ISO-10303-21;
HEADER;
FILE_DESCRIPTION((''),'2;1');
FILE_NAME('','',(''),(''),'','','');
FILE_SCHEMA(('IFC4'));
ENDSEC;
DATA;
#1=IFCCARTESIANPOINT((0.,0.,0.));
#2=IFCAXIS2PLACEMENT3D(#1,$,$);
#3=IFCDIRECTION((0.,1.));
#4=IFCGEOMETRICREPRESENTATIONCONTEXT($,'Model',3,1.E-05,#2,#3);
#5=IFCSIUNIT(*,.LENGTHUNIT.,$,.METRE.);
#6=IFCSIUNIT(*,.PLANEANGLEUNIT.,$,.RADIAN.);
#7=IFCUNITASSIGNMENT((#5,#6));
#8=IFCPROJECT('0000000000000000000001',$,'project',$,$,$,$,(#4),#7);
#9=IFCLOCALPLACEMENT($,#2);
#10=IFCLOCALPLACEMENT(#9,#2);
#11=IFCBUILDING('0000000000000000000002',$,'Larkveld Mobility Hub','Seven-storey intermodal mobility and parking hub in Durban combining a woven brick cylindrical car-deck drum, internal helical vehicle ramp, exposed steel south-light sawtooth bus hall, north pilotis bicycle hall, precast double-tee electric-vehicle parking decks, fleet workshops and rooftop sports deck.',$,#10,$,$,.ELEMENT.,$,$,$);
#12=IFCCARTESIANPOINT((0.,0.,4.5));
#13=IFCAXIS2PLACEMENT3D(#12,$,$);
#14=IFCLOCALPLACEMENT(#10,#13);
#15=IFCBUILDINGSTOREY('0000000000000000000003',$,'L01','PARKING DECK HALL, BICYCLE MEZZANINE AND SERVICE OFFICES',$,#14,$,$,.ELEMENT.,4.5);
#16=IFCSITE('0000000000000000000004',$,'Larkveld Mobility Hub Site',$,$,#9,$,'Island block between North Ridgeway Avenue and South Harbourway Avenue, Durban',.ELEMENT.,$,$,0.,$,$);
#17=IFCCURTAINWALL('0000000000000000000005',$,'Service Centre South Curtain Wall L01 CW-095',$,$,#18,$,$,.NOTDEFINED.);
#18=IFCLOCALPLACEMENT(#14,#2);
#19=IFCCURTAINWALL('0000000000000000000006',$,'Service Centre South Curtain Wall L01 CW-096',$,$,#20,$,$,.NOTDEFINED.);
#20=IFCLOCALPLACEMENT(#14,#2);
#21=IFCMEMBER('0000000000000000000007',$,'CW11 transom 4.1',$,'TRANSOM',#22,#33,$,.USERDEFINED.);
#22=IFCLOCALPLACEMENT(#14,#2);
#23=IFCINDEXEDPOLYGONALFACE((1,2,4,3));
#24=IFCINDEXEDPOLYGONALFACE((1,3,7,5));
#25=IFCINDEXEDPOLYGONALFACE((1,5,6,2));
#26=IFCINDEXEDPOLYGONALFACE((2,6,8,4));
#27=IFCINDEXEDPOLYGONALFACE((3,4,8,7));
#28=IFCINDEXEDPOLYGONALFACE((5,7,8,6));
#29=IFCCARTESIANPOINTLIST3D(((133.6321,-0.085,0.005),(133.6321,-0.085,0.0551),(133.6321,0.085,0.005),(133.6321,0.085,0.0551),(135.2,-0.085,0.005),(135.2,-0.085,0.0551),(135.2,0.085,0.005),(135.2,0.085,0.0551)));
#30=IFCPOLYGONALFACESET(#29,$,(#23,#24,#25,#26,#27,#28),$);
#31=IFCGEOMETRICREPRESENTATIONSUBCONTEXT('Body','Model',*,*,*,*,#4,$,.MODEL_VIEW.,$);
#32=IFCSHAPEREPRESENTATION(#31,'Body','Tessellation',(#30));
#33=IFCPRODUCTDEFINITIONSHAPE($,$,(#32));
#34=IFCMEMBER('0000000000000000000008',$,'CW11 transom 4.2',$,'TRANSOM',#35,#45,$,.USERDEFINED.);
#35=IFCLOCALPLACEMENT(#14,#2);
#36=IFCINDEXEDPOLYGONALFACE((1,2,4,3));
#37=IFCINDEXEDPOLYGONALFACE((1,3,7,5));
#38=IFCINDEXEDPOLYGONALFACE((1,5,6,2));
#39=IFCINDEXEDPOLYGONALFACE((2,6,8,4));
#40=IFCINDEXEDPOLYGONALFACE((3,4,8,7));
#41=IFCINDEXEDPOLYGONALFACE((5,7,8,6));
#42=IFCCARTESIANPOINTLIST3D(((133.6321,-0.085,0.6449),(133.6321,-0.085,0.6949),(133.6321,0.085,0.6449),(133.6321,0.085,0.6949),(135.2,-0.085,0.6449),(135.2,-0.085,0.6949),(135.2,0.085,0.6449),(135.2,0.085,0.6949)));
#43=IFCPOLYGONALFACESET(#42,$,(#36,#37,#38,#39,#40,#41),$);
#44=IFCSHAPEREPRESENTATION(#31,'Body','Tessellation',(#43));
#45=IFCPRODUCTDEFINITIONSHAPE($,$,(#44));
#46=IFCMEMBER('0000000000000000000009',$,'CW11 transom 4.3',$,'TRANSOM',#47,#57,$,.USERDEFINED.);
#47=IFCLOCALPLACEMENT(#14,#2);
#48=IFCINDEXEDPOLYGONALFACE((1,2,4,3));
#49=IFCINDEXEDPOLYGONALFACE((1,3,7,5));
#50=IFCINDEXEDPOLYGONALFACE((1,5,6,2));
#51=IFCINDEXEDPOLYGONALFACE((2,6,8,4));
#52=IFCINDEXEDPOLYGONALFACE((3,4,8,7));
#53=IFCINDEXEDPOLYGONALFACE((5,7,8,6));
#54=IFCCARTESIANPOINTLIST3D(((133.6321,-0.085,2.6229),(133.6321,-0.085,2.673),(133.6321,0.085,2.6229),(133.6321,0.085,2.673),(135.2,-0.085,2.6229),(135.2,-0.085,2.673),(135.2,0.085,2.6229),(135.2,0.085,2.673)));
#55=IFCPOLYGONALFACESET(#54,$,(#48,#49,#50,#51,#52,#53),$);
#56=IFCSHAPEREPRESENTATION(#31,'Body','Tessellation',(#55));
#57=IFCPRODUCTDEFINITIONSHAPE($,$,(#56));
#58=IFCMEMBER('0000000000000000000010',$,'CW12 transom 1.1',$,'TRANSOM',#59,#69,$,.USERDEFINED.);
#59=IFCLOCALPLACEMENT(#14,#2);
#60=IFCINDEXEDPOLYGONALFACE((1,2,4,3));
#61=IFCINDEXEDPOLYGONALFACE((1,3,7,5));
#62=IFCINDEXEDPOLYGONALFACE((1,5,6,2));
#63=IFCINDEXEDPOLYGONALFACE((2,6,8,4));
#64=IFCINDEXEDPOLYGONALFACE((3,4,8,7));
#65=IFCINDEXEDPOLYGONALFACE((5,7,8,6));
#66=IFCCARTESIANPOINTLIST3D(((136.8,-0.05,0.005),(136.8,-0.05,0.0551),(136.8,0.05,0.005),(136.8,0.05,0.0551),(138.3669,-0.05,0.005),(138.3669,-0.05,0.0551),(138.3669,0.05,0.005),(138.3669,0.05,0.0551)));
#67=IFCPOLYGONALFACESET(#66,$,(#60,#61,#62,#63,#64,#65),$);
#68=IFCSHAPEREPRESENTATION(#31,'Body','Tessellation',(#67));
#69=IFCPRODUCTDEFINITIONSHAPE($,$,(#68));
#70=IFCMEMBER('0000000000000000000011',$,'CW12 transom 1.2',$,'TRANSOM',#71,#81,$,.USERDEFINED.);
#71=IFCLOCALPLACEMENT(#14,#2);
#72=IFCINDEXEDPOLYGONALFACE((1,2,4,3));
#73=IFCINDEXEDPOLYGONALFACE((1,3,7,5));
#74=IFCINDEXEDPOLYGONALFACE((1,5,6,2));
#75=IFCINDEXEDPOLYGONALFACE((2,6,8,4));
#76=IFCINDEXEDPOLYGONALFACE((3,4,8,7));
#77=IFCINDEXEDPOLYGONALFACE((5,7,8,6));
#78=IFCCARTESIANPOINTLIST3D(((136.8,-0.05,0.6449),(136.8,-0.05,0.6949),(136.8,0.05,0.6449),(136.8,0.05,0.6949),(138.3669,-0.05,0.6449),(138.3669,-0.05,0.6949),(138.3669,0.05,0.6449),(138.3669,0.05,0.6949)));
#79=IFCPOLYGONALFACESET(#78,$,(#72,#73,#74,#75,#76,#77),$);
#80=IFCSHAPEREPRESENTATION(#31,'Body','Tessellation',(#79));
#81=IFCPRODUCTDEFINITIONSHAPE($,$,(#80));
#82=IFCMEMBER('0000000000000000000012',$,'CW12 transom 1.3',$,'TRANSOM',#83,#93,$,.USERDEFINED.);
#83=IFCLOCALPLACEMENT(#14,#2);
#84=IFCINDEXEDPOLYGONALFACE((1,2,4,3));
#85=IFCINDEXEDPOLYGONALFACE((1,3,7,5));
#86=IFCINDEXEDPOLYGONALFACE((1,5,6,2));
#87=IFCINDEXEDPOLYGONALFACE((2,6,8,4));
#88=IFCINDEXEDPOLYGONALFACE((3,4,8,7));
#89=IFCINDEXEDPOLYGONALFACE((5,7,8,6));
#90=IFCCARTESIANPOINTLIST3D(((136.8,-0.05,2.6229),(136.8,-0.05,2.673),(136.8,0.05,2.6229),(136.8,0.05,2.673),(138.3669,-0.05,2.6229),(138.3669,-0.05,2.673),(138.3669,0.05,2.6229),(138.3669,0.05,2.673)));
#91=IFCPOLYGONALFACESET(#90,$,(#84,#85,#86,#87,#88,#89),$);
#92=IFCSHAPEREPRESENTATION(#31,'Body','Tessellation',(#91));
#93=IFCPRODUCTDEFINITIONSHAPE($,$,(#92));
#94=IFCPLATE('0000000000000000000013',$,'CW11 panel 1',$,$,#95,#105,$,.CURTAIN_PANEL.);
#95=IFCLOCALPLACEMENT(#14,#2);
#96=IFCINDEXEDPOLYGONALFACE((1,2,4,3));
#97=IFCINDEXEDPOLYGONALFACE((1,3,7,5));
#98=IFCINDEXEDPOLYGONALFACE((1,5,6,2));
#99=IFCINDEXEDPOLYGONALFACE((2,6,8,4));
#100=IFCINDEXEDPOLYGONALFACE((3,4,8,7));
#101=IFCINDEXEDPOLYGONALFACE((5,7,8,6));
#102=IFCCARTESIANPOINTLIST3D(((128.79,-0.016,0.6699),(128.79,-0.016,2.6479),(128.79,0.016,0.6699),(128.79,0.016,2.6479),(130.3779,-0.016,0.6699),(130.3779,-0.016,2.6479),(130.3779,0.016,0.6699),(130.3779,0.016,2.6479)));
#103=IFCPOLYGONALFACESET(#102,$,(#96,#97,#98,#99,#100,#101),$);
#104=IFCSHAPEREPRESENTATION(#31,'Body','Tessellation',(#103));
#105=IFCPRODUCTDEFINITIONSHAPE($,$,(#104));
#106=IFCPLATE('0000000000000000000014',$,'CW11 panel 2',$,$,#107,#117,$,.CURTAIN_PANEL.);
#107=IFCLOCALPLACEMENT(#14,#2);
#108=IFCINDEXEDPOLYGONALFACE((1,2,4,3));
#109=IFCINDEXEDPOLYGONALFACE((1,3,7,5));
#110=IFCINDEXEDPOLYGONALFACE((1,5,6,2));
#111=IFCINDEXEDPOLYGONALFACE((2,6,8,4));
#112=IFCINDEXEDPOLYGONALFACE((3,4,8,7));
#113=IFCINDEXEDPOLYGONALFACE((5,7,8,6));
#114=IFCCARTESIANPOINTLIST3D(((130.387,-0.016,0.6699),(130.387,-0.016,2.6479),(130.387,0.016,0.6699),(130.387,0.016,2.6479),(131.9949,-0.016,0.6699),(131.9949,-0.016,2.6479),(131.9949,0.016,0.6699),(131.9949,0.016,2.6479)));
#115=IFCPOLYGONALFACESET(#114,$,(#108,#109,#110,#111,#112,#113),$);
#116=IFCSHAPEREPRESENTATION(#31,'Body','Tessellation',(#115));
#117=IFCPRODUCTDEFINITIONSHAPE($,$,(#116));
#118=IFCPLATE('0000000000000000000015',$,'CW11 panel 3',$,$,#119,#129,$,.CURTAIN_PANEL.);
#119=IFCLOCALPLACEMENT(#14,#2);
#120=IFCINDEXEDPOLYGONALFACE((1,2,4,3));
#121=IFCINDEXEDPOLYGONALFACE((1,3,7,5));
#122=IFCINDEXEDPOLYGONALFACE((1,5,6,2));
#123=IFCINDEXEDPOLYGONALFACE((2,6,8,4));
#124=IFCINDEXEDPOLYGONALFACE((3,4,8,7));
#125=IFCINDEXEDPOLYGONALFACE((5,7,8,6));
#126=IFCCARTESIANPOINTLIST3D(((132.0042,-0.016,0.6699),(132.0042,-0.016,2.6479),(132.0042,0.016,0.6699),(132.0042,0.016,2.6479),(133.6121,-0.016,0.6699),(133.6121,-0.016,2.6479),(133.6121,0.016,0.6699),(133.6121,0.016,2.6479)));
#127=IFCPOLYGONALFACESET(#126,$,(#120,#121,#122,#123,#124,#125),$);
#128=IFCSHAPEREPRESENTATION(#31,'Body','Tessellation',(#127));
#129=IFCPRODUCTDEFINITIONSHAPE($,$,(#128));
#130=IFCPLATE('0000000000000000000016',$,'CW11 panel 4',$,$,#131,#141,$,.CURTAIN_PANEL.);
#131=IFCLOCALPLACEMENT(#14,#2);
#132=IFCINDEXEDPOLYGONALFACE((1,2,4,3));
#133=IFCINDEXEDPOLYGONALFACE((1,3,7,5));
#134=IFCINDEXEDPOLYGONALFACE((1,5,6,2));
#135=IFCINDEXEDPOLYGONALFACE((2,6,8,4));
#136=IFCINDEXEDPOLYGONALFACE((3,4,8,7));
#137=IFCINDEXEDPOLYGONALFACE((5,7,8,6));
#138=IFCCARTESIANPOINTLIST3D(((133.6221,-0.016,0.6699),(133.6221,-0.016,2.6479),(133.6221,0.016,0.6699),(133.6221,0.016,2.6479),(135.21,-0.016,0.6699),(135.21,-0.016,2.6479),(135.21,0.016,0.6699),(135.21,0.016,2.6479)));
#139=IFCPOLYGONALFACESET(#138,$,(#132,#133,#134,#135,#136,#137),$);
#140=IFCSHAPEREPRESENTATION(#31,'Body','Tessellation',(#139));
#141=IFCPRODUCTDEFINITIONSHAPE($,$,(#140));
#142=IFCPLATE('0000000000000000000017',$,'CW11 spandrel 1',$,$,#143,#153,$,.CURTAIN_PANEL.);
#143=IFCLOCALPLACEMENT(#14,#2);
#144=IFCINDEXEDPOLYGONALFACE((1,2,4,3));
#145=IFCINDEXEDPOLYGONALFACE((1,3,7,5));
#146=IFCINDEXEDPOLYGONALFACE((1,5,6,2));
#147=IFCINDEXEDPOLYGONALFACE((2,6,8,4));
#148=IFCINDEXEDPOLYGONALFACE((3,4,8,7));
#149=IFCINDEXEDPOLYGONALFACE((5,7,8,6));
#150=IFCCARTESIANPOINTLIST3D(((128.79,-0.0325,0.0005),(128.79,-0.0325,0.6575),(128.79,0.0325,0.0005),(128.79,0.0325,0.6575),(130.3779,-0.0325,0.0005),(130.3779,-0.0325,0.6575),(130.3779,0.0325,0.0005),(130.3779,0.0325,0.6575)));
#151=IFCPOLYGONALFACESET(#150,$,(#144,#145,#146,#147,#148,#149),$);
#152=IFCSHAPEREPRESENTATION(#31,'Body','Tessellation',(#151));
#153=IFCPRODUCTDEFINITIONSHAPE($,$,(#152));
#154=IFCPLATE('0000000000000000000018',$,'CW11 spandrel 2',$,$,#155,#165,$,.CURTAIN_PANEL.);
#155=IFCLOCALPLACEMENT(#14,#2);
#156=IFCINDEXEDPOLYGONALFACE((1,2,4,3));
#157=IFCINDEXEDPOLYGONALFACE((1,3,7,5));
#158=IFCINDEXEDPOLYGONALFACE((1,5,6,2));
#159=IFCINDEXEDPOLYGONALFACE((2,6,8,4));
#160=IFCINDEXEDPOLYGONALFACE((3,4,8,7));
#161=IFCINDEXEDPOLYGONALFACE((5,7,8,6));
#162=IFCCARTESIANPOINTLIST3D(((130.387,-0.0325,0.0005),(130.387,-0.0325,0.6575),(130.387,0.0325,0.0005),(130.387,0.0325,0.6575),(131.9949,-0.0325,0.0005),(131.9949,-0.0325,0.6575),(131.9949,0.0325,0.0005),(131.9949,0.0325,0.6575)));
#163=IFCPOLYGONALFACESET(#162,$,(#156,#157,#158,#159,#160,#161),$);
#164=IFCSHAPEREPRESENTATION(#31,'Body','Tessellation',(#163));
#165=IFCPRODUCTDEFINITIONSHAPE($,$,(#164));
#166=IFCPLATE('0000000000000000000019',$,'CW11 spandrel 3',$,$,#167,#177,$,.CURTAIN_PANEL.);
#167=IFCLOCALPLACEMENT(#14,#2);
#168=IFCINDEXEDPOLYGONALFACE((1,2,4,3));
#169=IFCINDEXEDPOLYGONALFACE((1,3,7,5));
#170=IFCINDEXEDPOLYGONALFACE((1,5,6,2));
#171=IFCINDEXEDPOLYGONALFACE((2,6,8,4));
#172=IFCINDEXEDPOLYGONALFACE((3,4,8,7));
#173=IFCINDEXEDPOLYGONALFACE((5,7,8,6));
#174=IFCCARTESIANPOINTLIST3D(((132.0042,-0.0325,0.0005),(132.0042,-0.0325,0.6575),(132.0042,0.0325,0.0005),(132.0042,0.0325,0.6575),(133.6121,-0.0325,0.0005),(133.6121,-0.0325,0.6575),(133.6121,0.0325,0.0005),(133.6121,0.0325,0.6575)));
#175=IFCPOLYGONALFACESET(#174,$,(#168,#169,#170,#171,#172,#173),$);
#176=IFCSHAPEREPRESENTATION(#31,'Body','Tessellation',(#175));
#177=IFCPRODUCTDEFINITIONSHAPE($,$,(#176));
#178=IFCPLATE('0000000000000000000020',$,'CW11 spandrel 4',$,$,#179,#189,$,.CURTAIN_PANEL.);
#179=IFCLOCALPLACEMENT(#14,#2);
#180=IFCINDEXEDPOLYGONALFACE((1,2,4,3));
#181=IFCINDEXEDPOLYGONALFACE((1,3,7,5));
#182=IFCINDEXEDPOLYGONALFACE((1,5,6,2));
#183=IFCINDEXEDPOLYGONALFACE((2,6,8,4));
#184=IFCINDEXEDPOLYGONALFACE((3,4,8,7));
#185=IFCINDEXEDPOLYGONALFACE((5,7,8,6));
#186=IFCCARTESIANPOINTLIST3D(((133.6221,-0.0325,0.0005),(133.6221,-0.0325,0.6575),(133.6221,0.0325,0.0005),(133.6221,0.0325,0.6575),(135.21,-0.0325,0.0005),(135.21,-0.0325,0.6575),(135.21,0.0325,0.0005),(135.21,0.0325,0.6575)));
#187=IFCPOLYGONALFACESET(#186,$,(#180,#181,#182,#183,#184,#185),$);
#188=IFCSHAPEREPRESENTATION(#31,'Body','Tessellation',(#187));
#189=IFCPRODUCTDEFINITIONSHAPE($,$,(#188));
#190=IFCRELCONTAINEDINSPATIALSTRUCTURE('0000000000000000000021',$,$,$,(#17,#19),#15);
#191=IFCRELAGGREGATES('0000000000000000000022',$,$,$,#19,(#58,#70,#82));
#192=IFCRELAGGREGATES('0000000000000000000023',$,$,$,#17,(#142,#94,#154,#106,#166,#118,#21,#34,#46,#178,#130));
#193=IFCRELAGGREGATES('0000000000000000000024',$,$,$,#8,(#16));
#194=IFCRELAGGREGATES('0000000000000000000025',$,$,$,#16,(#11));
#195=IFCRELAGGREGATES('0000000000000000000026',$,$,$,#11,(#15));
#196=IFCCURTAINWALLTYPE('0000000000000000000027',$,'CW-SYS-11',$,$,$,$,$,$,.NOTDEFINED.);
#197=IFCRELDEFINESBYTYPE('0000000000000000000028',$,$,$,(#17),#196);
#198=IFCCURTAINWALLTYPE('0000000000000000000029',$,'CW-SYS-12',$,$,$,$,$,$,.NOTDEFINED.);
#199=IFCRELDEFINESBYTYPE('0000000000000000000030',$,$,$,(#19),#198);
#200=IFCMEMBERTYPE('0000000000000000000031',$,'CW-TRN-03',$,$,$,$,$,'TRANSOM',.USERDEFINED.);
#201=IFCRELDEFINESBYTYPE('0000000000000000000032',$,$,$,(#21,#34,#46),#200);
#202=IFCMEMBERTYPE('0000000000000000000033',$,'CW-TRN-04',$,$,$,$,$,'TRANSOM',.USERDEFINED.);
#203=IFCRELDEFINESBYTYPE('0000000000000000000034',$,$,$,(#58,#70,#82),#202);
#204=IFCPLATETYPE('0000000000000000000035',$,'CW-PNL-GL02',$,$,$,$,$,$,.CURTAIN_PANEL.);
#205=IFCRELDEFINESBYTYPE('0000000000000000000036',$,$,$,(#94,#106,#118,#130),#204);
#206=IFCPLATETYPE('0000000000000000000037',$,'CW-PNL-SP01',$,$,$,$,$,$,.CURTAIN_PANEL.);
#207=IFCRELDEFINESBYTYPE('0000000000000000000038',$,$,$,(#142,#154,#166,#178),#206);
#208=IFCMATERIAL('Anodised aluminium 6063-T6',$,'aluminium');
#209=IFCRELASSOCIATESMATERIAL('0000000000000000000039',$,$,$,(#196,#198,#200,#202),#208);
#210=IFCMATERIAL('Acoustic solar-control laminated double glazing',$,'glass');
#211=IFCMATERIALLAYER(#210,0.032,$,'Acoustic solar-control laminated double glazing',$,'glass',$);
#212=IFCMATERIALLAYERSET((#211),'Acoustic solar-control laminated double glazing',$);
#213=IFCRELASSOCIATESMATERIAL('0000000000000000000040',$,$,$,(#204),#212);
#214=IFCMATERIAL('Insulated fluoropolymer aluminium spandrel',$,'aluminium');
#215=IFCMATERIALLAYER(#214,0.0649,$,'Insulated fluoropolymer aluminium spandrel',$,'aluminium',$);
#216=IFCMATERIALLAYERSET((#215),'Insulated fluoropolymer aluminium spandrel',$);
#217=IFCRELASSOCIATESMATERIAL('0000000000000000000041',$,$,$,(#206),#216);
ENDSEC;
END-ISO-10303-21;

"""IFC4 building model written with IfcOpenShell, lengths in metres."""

from ifc_helpers import new_model, si_unit, direction, frame, origin, origin_2d, place, context, subcontext, project, spatial, rectangle, extrude, material, layer, layer_set, material_profile, profile_set, type_object, element, aggregate, save


model = new_model("IFC4")

# Units and contexts
model_context = context("Model", 3, precision=1e-05, world=origin(), true_north=direction((0.0, 1.0)))
body_context = subcontext(model_context, "Body", "Model", "MODEL_VIEW")
ifc_project = project(units=[si_unit("LENGTHUNIT", "METRE"), si_unit("PLANEANGLEUNIT", "RADIAN")], contexts=[model_context])

# Site, building, storey
site_placement = place(None, origin())
site = spatial("IfcSite", under=ifc_project, at=site_placement, Name="Larkveld Mobility Hub Site", LongName="Island block between North Ridgeway Avenue and South Harbourway Avenue, Durban", CompositionType="ELEMENT", RefElevation=0.0)
building_placement = place(site_placement, origin())
building = spatial("IfcBuilding", under=site, at=building_placement, Name="Larkveld Mobility Hub", Description="Seven-storey intermodal mobility and parking hub in Durban combining a woven brick cylindrical car-deck drum, internal helical vehicle ramp, exposed steel south-light sawtooth bus hall, north pilotis bicycle hall, precast double-tee electric-vehicle parking decks, fleet workshops and rooftop sports deck.", CompositionType="ELEMENT")
storey_placement = place(building_placement, frame((0.0, 0.0, 4.5)))
storey = spatial("IfcBuildingStorey", under=building, at=storey_placement, Name="L01", Description="PARKING DECK HALL, BICYCLE MEZZANINE AND SERVICE OFFICES", CompositionType="ELEMENT", Elevation=4.5)

# Curtain wall
ifc_material_1 = material(Name="Anodised aluminium 6063-T6", Category="aluminium")
curtain_wall_type_1 = type_object("IfcCurtainWallType", Name="CW-SYS-11", PredefinedType="NOTDEFINED", material=ifc_material_1)
curtain_wall_1_placement = place(storey_placement, origin())
curtain_wall_1 = element("IfcCurtainWall", 1, at=curtain_wall_1_placement, inside=storey, type_object=curtain_wall_type_1, Name="Service Centre South Curtain Wall L01 CW-095", PredefinedType="NOTDEFINED")

# Curtain wall
curtain_wall_type_2 = type_object("IfcCurtainWallType", Name="CW-SYS-12", PredefinedType="NOTDEFINED", material=ifc_material_1)
curtain_wall_2_placement = place(storey_placement, origin())
curtain_wall_2 = element("IfcCurtainWall", 2, at=curtain_wall_2_placement, inside=storey, type_object=curtain_wall_type_2, Name="Service Centre South Curtain Wall L01 CW-096", PredefinedType="NOTDEFINED")

# Members
ifc_material_profile_1 = material_profile(ifc_material_1, rectangle(XDim=0.1699, YDim=0.05, at=origin_2d()), Name="ALU TRAN 50x170")
ifc_profile_set_1 = profile_set([ifc_material_profile_1], Name="Anodised aluminium 6063-T6")
member_type_1 = type_object("IfcMemberType", Name="CW-TRN-03", ElementType="TRANSOM", PredefinedType="USERDEFINED", material=ifc_profile_set_1)
member_1_placement = place(storey_placement, frame((133.6321, 0.0, 0.03), z_axis=(1.0, 0.0, 0.0), x_axis=(0.0, 1.0, 0.0)))
member_1 = element("IfcMember", 3, at=member_1_placement, type_object=member_type_1, Name="CW11 transom 4.1", ObjectType="TRANSOM", PredefinedType="USERDEFINED", context=body_context, shape_type="SweptSolid", body=[
    extrude(rectangle(XDim=0.1699, YDim=0.05, at=origin_2d()), origin(), (0.0, 0.0, 1.0), 1.5679),
])
member_2_placement = place(storey_placement, frame((133.6321, 0.0, 0.6699), z_axis=(1.0, 0.0, 0.0), x_axis=(0.0, 1.0, 0.0)))
member_2 = element("IfcMember", 4, at=member_2_placement, type_object=member_type_1, Name="CW11 transom 4.2", ObjectType="TRANSOM", PredefinedType="USERDEFINED", context=body_context, shape_type="SweptSolid", body=[
    extrude(rectangle(XDim=0.1699, YDim=0.05, at=origin_2d()), origin(), (0.0, 0.0, 1.0), 1.5679),
])
member_3_placement = place(storey_placement, frame((133.6321, 0.0, 2.6479), z_axis=(1.0, 0.0, 0.0), x_axis=(0.0, 1.0, 0.0)))
member_3 = element("IfcMember", 5, at=member_3_placement, type_object=member_type_1, Name="CW11 transom 4.3", ObjectType="TRANSOM", PredefinedType="USERDEFINED", context=body_context, shape_type="SweptSolid", body=[
    extrude(rectangle(XDim=0.1699, YDim=0.05, at=origin_2d()), origin(), (0.0, 0.0, 1.0), 1.5679),
])
ifc_material_profile_2 = material_profile(ifc_material_1, rectangle(XDim=0.1001, YDim=0.05, at=origin_2d()), Name="ALU TRAN 50x100")
ifc_profile_set_2 = profile_set([ifc_material_profile_2], Name="Anodised aluminium 6063-T6")
member_type_2 = type_object("IfcMemberType", Name="CW-TRN-04", ElementType="TRANSOM", PredefinedType="USERDEFINED", material=ifc_profile_set_2)
member_4_placement = place(storey_placement, frame((136.8, 0.0, 0.03), z_axis=(1.0, 0.0, 0.0), x_axis=(0.0, 1.0, 0.0)))
member_4 = element("IfcMember", 6, at=member_4_placement, type_object=member_type_2, Name="CW12 transom 1.1", ObjectType="TRANSOM", PredefinedType="USERDEFINED", context=body_context, shape_type="SweptSolid", body=[
    extrude(rectangle(XDim=0.1001, YDim=0.05, at=origin_2d()), origin(), (0.0, 0.0, 1.0), 1.5669),
])
member_5_placement = place(storey_placement, frame((136.8, 0.0, 0.6699), z_axis=(1.0, 0.0, 0.0), x_axis=(0.0, 1.0, 0.0)))
member_5 = element("IfcMember", 7, at=member_5_placement, type_object=member_type_2, Name="CW12 transom 1.2", ObjectType="TRANSOM", PredefinedType="USERDEFINED", context=body_context, shape_type="SweptSolid", body=[
    extrude(rectangle(XDim=0.1001, YDim=0.05, at=origin_2d()), origin(), (0.0, 0.0, 1.0), 1.5669),
])
member_6_placement = place(storey_placement, frame((136.8, 0.0, 2.6479), z_axis=(1.0, 0.0, 0.0), x_axis=(0.0, 1.0, 0.0)))
member_6 = element("IfcMember", 8, at=member_6_placement, type_object=member_type_2, Name="CW12 transom 1.3", ObjectType="TRANSOM", PredefinedType="USERDEFINED", context=body_context, shape_type="SweptSolid", body=[
    extrude(rectangle(XDim=0.1001, YDim=0.05, at=origin_2d()), origin(), (0.0, 0.0, 1.0), 1.5669),
])
aggregate(curtain_wall_2, [member_4, member_5, member_6])

# Plates
ifc_material_2 = material(Name="Acoustic solar-control laminated double glazing", Category="glass")
ifc_layer_1 = layer(ifc_material_2, 0.032, Name="Acoustic solar-control laminated double glazing", Category="glass")
ifc_layer_set_1 = layer_set([ifc_layer_1], Name="Acoustic solar-control laminated double glazing")
plate_type_1 = type_object("IfcPlateType", Name="CW-PNL-GL02", PredefinedType="CURTAIN_PANEL", material=ifc_layer_set_1)
plate_1_placement = place(storey_placement, frame((129.584, 0.0, 0.6699), z_axis=(0.0, 0.0, 1.0), x_axis=(1.0, 0.0, 0.0)))
plate_1 = element("IfcPlate", 9, at=plate_1_placement, type_object=plate_type_1, Name="CW11 panel 1", PredefinedType="CURTAIN_PANEL", context=body_context, shape_type="SweptSolid", body=[
    extrude(rectangle(XDim=1.5879, YDim=0.032, at=origin_2d()), origin(), (0.0, 0.0, 1.0), 1.978),
])
plate_2_placement = place(storey_placement, frame((131.1909, 0.0, 0.6699), z_axis=(0.0, 0.0, 1.0), x_axis=(1.0, 0.0, 0.0)))
plate_2 = element("IfcPlate", 10, at=plate_2_placement, type_object=plate_type_1, Name="CW11 panel 2", PredefinedType="CURTAIN_PANEL", context=body_context, shape_type="SweptSolid", body=[
    extrude(rectangle(XDim=1.6079, YDim=0.032, at=origin_2d()), origin(), (0.0, 0.0, 1.0), 1.978),
])
plate_3_placement = place(storey_placement, frame((132.8081, 0.0, 0.6699), z_axis=(0.0, 0.0, 1.0), x_axis=(1.0, 0.0, 0.0)))
plate_3 = element("IfcPlate", 11, at=plate_3_placement, type_object=plate_type_1, Name="CW11 panel 3", PredefinedType="CURTAIN_PANEL", context=body_context, shape_type="SweptSolid", body=[
    extrude(rectangle(XDim=1.6079, YDim=0.032, at=origin_2d()), origin(), (0.0, 0.0, 1.0), 1.978),
])
plate_4_placement = place(storey_placement, frame((134.416, 0.0, 0.6699), z_axis=(0.0, 0.0, 1.0), x_axis=(1.0, 0.0, 0.0)))
plate_4 = element("IfcPlate", 12, at=plate_4_placement, type_object=plate_type_1, Name="CW11 panel 4", PredefinedType="CURTAIN_PANEL", context=body_context, shape_type="SweptSolid", body=[
    extrude(rectangle(XDim=1.5879, YDim=0.032, at=origin_2d()), origin(), (0.0, 0.0, 1.0), 1.978),
])
ifc_material_3 = material(Name="Insulated fluoropolymer aluminium spandrel", Category="aluminium")
ifc_layer_2 = layer(ifc_material_3, 0.0649, Name="Insulated fluoropolymer aluminium spandrel", Category="aluminium")
ifc_layer_set_2 = layer_set([ifc_layer_2], Name="Insulated fluoropolymer aluminium spandrel")
plate_type_2 = type_object("IfcPlateType", Name="CW-PNL-SP01", PredefinedType="CURTAIN_PANEL", material=ifc_layer_set_2)
plate_5_placement = place(storey_placement, frame((129.584, 0.0, 0.0005), z_axis=(0.0, 0.0, 1.0), x_axis=(1.0, 0.0, 0.0)))
plate_5 = element("IfcPlate", 13, at=plate_5_placement, type_object=plate_type_2, Name="CW11 spandrel 1", PredefinedType="CURTAIN_PANEL", context=body_context, shape_type="SweptSolid", body=[
    extrude(rectangle(XDim=1.5879, YDim=0.0649, at=origin_2d()), origin(), (0.0, 0.0, 1.0), 0.657),
])
plate_6_placement = place(storey_placement, frame((131.1909, 0.0, 0.0005), z_axis=(0.0, 0.0, 1.0), x_axis=(1.0, 0.0, 0.0)))
plate_6 = element("IfcPlate", 14, at=plate_6_placement, type_object=plate_type_2, Name="CW11 spandrel 2", PredefinedType="CURTAIN_PANEL", context=body_context, shape_type="SweptSolid", body=[
    extrude(rectangle(XDim=1.6079, YDim=0.0649, at=origin_2d()), origin(), (0.0, 0.0, 1.0), 0.657),
])
plate_7_placement = place(storey_placement, frame((132.8081, 0.0, 0.0005), z_axis=(0.0, 0.0, 1.0), x_axis=(1.0, 0.0, 0.0)))
plate_7 = element("IfcPlate", 15, at=plate_7_placement, type_object=plate_type_2, Name="CW11 spandrel 3", PredefinedType="CURTAIN_PANEL", context=body_context, shape_type="SweptSolid", body=[
    extrude(rectangle(XDim=1.6079, YDim=0.0649, at=origin_2d()), origin(), (0.0, 0.0, 1.0), 0.657),
])
plate_8_placement = place(storey_placement, frame((134.416, 0.0, 0.0005), z_axis=(0.0, 0.0, 1.0), x_axis=(1.0, 0.0, 0.0)))
plate_8 = element("IfcPlate", 16, at=plate_8_placement, type_object=plate_type_2, Name="CW11 spandrel 4", PredefinedType="CURTAIN_PANEL", context=body_context, shape_type="SweptSolid", body=[
    extrude(rectangle(XDim=1.5879, YDim=0.0649, at=origin_2d()), origin(), (0.0, 0.0, 1.0), 0.657),
])
aggregate(curtain_wall_1, [plate_5, plate_1, plate_6, plate_2, plate_7, plate_3, member_1, member_2, member_3, plate_8, plate_4])

save(model, "model.ifc")
